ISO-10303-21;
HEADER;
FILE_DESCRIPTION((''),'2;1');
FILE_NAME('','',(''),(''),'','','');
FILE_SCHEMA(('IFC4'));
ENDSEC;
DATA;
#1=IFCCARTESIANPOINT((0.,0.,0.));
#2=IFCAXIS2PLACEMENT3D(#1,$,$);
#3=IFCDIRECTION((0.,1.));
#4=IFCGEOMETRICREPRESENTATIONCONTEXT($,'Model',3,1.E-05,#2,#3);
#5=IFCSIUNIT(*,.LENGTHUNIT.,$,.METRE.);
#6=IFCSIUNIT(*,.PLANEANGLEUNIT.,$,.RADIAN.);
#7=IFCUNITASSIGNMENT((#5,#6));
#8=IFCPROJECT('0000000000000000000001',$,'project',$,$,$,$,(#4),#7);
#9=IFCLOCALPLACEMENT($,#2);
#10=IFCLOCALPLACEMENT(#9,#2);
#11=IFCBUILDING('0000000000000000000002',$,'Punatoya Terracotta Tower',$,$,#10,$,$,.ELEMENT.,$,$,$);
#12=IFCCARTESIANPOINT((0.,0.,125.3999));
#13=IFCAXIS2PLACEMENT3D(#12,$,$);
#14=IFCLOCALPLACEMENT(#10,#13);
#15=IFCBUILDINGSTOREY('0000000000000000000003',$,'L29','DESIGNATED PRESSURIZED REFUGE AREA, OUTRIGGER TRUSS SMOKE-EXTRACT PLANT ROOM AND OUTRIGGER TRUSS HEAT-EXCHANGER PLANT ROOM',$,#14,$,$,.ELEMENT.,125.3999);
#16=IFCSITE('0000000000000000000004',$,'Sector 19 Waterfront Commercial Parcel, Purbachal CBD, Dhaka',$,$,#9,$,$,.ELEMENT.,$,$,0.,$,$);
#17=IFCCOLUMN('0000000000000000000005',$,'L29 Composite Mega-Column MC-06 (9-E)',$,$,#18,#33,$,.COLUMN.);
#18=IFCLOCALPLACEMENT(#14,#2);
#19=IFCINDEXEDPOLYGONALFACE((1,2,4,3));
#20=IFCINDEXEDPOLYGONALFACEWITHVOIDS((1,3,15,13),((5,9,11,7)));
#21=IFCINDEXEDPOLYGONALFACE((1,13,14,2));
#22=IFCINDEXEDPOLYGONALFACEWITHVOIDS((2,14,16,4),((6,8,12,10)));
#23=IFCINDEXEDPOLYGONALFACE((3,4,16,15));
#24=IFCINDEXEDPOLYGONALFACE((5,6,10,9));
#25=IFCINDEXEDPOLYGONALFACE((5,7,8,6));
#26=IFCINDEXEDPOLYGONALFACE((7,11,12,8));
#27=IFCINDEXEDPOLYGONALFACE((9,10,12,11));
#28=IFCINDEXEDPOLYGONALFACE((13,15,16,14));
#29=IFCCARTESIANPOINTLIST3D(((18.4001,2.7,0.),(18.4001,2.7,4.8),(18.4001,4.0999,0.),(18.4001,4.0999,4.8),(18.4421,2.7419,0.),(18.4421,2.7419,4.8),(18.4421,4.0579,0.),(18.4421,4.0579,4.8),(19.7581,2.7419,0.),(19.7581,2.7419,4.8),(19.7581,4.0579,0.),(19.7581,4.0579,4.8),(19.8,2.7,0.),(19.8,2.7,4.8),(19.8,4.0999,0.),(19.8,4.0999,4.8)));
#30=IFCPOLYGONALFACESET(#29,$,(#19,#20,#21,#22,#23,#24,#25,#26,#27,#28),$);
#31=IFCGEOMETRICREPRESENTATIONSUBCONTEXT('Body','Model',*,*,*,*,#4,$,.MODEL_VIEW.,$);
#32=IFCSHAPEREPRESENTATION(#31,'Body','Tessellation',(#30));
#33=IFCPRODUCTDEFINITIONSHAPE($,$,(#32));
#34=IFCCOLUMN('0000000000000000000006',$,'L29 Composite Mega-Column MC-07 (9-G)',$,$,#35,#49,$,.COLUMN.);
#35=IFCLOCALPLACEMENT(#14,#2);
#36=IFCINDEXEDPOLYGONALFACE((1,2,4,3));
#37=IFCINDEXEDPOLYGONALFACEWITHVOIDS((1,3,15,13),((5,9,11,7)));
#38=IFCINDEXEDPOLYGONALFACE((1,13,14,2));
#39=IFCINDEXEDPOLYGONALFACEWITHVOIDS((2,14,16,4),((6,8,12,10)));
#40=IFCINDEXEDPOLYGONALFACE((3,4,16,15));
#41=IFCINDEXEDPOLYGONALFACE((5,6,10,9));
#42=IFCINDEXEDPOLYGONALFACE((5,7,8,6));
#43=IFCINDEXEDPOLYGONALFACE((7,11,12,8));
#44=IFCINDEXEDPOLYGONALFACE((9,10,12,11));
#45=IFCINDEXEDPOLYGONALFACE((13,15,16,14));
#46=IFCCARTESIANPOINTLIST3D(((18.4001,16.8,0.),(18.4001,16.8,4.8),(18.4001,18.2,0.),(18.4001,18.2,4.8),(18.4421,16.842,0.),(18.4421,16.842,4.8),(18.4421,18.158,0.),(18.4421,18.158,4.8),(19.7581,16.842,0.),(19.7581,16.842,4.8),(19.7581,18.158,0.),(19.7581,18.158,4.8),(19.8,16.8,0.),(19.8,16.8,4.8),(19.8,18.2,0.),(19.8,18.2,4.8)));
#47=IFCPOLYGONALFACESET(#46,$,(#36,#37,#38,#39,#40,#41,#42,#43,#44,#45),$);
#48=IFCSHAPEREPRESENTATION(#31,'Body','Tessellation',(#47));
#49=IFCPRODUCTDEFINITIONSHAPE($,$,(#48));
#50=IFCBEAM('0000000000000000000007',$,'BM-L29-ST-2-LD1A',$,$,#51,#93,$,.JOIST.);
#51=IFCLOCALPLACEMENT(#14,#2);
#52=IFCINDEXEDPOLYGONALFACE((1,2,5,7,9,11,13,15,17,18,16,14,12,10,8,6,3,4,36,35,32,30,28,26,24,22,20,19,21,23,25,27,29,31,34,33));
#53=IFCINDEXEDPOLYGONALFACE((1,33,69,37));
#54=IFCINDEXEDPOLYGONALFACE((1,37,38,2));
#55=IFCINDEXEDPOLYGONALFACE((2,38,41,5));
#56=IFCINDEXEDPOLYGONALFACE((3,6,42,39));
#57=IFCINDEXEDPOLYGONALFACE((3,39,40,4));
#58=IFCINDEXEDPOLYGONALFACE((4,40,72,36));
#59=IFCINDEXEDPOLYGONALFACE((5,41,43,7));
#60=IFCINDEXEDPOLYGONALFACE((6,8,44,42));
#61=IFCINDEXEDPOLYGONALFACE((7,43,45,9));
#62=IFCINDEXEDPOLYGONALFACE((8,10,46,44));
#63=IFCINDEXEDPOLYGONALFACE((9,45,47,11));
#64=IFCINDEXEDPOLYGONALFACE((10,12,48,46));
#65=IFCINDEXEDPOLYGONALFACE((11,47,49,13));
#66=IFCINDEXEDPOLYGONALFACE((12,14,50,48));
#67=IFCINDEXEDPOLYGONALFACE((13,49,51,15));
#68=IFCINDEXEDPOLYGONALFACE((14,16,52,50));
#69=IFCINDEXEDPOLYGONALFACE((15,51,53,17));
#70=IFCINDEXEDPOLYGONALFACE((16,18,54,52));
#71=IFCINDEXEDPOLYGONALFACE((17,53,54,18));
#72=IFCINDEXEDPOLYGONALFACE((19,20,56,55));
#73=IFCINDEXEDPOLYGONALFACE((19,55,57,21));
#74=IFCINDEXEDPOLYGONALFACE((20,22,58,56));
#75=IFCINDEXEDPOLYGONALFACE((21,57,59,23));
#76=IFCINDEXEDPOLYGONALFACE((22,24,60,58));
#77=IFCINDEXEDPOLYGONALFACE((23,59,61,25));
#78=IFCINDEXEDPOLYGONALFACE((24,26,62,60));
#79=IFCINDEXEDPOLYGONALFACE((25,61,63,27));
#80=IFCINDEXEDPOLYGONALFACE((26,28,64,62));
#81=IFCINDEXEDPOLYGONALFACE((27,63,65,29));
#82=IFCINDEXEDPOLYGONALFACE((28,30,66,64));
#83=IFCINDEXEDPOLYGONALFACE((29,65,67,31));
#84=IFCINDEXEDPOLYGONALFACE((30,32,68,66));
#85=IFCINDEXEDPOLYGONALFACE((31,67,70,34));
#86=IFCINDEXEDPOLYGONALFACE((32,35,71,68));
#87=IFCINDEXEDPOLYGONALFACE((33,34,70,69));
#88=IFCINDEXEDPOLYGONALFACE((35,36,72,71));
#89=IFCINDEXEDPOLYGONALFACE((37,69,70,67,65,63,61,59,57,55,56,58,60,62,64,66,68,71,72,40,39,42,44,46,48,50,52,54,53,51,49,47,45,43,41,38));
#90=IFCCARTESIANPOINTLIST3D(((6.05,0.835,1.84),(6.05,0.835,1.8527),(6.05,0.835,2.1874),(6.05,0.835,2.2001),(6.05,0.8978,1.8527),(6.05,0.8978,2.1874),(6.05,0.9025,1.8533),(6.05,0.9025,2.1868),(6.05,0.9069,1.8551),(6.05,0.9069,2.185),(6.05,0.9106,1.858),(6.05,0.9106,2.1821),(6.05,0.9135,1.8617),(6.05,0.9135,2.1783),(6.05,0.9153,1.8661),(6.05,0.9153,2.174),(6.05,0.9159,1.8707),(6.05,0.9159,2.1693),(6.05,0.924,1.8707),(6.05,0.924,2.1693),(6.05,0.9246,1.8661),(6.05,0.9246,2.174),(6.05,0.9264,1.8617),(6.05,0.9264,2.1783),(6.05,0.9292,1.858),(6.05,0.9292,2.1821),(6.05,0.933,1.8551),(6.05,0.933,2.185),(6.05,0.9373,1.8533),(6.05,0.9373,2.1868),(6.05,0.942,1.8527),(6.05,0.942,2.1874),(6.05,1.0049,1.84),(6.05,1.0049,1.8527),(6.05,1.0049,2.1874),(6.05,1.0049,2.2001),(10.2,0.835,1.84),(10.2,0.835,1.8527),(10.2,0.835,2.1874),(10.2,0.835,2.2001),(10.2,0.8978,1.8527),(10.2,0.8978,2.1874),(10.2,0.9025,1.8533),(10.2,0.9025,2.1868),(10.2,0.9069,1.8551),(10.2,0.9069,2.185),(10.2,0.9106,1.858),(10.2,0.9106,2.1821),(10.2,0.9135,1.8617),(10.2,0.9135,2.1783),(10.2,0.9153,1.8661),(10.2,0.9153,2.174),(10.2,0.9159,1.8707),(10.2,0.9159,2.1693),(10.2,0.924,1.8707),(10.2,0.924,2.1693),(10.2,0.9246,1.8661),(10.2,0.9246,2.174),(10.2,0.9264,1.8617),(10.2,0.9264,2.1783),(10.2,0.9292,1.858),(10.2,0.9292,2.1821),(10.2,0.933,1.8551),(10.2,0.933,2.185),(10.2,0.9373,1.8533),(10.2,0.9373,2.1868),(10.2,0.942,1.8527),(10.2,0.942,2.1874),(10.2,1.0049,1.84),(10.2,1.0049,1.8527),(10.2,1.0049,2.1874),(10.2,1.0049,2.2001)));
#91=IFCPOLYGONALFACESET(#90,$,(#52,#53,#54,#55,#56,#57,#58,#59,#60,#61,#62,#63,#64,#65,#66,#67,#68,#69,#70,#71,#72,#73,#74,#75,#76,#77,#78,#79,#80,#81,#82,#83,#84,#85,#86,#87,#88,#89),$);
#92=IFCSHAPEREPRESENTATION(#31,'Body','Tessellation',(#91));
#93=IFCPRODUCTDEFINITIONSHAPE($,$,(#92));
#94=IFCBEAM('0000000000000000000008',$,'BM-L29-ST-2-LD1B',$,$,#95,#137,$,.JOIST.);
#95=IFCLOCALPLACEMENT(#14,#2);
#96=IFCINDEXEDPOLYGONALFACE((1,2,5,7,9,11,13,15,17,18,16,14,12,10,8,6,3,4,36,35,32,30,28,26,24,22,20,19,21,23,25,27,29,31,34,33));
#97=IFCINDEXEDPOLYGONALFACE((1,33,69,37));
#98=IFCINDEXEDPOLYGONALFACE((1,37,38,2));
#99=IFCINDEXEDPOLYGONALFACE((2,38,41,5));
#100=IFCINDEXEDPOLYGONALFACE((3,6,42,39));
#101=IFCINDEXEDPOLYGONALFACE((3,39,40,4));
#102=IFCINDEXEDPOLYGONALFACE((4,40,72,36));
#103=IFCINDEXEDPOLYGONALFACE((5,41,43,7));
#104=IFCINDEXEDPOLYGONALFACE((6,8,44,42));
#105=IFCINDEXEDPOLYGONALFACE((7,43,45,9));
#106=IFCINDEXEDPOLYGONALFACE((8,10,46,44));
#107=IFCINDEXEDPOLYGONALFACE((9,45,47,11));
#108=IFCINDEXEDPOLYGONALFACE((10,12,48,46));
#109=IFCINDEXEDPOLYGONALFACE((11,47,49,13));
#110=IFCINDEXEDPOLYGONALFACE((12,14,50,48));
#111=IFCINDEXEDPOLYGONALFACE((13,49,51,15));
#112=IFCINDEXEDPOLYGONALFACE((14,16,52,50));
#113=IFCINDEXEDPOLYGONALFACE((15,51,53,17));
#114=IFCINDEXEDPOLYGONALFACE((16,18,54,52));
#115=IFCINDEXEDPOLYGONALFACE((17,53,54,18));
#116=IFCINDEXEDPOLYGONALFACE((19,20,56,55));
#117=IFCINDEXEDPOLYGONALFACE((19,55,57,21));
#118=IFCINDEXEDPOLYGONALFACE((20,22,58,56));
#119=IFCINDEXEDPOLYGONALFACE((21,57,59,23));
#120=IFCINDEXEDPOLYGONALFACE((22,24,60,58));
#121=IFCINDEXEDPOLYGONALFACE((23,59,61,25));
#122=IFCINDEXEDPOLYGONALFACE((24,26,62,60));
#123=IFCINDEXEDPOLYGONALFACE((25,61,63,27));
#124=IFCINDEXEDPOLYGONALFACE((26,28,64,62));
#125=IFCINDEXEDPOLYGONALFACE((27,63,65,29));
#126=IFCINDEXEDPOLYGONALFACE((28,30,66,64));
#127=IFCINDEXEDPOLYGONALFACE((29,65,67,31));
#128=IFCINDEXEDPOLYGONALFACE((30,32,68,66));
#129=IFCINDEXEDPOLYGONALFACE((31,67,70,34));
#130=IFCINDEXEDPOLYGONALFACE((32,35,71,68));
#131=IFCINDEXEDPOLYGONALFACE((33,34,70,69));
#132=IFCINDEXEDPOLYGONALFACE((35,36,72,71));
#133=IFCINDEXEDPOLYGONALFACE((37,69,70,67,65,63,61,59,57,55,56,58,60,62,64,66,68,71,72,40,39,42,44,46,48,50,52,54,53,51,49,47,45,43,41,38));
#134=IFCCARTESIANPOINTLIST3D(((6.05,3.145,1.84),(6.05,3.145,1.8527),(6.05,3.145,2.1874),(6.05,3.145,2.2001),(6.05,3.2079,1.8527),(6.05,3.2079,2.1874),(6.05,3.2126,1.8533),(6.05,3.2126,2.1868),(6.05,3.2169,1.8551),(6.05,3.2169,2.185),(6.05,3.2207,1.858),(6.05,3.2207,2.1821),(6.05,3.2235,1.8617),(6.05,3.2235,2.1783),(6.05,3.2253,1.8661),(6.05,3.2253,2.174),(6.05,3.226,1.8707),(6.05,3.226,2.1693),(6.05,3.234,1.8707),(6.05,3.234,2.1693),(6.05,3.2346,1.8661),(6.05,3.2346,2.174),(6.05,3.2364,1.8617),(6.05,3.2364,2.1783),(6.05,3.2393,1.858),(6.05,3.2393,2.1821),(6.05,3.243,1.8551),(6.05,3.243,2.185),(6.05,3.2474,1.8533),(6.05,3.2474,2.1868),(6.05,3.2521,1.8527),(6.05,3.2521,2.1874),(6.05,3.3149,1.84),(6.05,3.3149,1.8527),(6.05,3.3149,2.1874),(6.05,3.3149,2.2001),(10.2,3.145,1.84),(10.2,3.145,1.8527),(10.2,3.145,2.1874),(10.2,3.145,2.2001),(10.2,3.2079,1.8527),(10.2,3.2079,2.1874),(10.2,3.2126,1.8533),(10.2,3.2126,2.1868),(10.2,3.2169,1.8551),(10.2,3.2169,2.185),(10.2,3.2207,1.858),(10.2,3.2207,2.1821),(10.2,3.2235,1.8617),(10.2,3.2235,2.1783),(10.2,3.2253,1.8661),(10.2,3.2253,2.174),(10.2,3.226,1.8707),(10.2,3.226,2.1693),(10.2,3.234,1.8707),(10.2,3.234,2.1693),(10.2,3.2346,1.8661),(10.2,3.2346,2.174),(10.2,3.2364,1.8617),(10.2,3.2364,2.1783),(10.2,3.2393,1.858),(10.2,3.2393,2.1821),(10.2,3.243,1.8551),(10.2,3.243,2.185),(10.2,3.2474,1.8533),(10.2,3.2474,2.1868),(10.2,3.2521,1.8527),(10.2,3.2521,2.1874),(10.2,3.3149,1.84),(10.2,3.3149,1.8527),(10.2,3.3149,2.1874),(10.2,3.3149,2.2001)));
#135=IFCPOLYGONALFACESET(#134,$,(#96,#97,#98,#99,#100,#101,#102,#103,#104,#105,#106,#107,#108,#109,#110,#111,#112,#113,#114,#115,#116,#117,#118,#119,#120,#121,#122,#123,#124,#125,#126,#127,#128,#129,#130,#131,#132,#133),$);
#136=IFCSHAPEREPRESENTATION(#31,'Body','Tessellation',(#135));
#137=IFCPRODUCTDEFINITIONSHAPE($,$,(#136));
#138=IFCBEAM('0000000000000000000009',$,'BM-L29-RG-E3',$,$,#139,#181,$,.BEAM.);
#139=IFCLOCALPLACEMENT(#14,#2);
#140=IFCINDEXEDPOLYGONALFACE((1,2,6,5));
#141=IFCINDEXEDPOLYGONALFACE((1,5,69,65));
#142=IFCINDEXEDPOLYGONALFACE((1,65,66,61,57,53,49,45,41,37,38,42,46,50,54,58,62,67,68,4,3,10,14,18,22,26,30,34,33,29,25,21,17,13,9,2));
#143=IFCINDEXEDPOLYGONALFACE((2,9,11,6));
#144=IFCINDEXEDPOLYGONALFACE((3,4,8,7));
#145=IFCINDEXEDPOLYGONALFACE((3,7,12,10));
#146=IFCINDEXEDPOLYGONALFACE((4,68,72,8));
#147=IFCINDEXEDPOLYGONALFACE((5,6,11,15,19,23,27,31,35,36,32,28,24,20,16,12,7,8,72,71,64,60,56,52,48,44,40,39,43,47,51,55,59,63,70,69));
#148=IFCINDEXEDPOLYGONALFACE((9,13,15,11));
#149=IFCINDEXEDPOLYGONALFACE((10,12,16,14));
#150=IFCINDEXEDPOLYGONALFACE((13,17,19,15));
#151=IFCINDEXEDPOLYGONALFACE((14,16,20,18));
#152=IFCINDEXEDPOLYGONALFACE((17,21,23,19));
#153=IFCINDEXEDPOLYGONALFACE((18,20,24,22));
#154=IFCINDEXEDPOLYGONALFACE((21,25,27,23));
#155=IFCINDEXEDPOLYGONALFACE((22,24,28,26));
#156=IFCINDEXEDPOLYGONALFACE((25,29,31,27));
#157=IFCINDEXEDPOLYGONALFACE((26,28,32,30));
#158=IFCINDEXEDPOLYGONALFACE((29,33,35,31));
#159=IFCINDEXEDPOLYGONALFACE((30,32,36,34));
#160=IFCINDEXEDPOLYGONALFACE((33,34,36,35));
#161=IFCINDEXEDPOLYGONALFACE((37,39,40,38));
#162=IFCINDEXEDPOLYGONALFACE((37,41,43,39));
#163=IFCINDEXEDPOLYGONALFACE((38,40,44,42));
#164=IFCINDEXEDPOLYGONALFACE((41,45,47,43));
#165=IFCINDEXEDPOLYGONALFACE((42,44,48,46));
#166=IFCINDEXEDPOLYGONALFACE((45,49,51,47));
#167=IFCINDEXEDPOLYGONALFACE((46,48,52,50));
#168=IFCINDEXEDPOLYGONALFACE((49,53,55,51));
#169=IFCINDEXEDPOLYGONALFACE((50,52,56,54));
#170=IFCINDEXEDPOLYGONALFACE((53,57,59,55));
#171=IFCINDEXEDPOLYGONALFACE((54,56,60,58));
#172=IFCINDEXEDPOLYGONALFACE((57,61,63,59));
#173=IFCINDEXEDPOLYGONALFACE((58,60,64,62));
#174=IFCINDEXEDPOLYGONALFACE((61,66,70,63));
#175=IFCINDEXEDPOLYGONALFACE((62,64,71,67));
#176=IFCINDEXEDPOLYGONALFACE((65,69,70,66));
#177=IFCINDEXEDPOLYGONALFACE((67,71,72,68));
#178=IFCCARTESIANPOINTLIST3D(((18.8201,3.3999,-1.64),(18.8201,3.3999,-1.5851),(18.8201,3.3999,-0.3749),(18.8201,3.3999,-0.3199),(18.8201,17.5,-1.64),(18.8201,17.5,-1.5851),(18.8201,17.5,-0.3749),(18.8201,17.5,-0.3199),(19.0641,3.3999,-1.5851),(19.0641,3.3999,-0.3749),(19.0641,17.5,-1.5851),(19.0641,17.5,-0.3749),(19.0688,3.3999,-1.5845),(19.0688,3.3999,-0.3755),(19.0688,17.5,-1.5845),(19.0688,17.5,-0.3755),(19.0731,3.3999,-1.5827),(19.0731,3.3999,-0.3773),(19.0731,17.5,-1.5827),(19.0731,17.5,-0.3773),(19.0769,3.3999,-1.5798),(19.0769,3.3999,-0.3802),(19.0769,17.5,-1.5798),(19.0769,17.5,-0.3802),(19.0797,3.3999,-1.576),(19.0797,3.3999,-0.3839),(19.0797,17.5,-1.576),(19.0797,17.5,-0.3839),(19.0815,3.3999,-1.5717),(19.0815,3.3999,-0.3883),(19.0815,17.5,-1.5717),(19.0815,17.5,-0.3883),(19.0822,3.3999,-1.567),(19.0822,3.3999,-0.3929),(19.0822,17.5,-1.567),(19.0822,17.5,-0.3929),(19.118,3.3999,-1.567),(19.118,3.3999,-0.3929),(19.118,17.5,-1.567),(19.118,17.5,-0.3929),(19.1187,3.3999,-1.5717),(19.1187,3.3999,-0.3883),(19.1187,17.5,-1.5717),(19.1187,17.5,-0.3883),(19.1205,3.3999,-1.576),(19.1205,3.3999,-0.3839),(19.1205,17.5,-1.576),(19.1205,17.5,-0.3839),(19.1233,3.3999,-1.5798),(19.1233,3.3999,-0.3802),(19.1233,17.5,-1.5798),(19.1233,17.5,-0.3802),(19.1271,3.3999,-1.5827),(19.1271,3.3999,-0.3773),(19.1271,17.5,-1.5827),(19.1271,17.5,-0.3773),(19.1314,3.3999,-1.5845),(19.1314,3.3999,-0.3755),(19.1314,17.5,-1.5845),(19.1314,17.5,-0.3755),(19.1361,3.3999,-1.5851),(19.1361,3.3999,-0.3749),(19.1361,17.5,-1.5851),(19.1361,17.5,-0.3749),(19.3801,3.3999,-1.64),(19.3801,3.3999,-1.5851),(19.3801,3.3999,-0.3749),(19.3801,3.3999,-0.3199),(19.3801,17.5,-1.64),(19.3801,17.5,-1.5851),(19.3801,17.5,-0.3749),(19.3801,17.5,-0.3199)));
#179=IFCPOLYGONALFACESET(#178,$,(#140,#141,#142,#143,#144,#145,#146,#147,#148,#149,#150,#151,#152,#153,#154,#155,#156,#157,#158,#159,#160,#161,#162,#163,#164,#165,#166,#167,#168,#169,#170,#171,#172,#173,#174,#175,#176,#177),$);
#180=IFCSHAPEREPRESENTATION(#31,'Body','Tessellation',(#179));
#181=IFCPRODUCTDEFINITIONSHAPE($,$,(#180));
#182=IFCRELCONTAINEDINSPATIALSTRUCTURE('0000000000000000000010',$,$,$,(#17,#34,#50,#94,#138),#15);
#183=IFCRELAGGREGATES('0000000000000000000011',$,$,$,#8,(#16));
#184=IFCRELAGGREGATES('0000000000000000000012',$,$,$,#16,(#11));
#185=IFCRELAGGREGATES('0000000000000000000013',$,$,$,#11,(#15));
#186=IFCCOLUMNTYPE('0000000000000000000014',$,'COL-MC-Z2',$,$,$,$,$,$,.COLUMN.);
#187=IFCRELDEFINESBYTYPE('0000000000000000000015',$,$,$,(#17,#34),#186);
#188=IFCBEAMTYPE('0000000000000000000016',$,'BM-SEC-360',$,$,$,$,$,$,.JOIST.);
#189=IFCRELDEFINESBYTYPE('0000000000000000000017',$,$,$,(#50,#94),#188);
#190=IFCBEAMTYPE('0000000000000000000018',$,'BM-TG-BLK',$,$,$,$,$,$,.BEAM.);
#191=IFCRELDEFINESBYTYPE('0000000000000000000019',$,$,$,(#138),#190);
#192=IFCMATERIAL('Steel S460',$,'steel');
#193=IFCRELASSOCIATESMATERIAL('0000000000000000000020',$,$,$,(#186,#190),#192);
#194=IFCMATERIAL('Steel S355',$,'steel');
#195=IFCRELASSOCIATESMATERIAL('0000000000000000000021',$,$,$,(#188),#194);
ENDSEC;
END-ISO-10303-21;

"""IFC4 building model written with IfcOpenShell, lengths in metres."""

from ifc_helpers import new_model, si_unit, direction, frame, origin, origin_2d, place, context, subcontext, project, spatial, hollow_rectangle, i_section, extrude, material, material_profile, profile_set, type_object, element, save


model = new_model("IFC4")

# Units and contexts
model_context = context("Model", 3, precision=1e-05, world=origin(), true_north=direction((0.0, 1.0)))
body_context = subcontext(model_context, "Body", "Model", "MODEL_VIEW")
ifc_project = project(units=[si_unit("LENGTHUNIT", "METRE"), si_unit("PLANEANGLEUNIT", "RADIAN")], contexts=[model_context])

# Site, building, storey
site_placement = place(None, origin())
site = spatial("IfcSite", under=ifc_project, at=site_placement, Name="Sector 19 Waterfront Commercial Parcel, Purbachal CBD, Dhaka", CompositionType="ELEMENT", RefElevation=0.0)
building_placement = place(site_placement, origin())
building = spatial("IfcBuilding", under=site, at=building_placement, Name="Punatoya Terracotta Tower", CompositionType="ELEMENT")
storey_placement = place(building_placement, frame((0.0, 0.0, 125.3999)))
storey = spatial("IfcBuildingStorey", under=building, at=storey_placement, Name="L29", Description="DESIGNATED PRESSURIZED REFUGE AREA, OUTRIGGER TRUSS SMOKE-EXTRACT PLANT ROOM AND OUTRIGGER TRUSS HEAT-EXCHANGER PLANT ROOM", CompositionType="ELEMENT", Elevation=125.3999)

# Columns
ifc_material_1 = material(Name="Steel S460", Category="steel")
ifc_material_profile_1 = material_profile(ifc_material_1, hollow_rectangle(XDim=1.3999, YDim=1.3999, WallThickness=0.042, at=origin_2d()))
ifc_profile_set_1 = profile_set([ifc_material_profile_1], Name="Steel S460")
column_type = type_object("IfcColumnType", Name="COL-MC-Z2", PredefinedType="COLUMN", material=ifc_profile_set_1)
for number, where, z_axis, x_axis, name in (
    (1, (19.1001, 3.3999, 0.0), (0.0, 0.0, 1.0), (1.0, 0.0, 0.0), "L29 Composite Mega-Column MC-06 (9-E)"),
    (2, (19.1001, 17.5, 0.0), (0.0, 0.0, 1.0), (1.0, 0.0, 0.0), "L29 Composite Mega-Column MC-07 (9-G)"),
):
    element("IfcColumn", number, at=place(storey_placement, frame(where, z_axis=z_axis, x_axis=x_axis)), inside=storey, type_object=column_type, Name=name, PredefinedType="COLUMN", context=body_context, shape_type="SweptSolid", body=[
        extrude(hollow_rectangle(XDim=1.3999, YDim=1.3999, WallThickness=0.042, at=origin_2d()), origin(), (0.0, 0.0, 1.0), 4.8),
    ])

# Beams
ifc_material_2 = material(Name="Steel S355", Category="steel")
ifc_material_profile_2 = material_profile(ifc_material_2, i_section(OverallWidth=0.1699, OverallDepth=0.3601, WebThickness=0.0081, FlangeThickness=0.0127, FilletRadius=0.0181, at=origin_2d()))
ifc_profile_set_2 = profile_set([ifc_material_profile_2], Name="Steel S355")
beam_type_1 = type_object("IfcBeamType", Name="BM-SEC-360", PredefinedType="JOIST", material=ifc_profile_set_2)
for number, where, z_axis, x_axis, name in (
    (3, (6.05, 0.9199, 2.02), (1.0, 0.0, 0.0), (0.0, 1.0, 0.0), "BM-L29-ST-2-LD1A"),
    (4, (6.05, 3.23, 2.02), (1.0, 0.0, 0.0), (0.0, 1.0, 0.0), "BM-L29-ST-2-LD1B"),
):
    element("IfcBeam", number, at=place(storey_placement, frame(where, z_axis=z_axis, x_axis=x_axis)), inside=storey, type_object=beam_type_1, Name=name, PredefinedType="JOIST", context=body_context, shape_type="SweptSolid", body=[
        extrude(i_section(OverallWidth=0.1699, OverallDepth=0.3601, WebThickness=0.0081, FlangeThickness=0.0127, FilletRadius=0.0181, at=origin_2d()), origin(), (0.0, 0.0, 1.0), 4.1499),
    ])
ifc_material_profile_3 = material_profile(ifc_material_1, i_section(OverallWidth=0.5601, OverallDepth=1.3201, WebThickness=0.0359, FlangeThickness=0.0549, FilletRadius=0.0181, at=origin_2d()))
ifc_profile_set_3 = profile_set([ifc_material_profile_3], Name="Steel S460")
beam_type_2 = type_object("IfcBeamType", Name="BM-TG-BLK", PredefinedType="BEAM", material=ifc_profile_set_3)
beam_1_placement = place(storey_placement, frame((19.1001, 3.3999, -0.98), z_axis=(0.0, 1.0, 0.0), x_axis=(-1.0, 0.0, 0.0)))
element("IfcBeam", 5, at=beam_1_placement, inside=storey, type_object=beam_type_2, Name="BM-L29-RG-E3", PredefinedType="BEAM", context=body_context, shape_type="SweptSolid", body=[
    extrude(i_section(OverallWidth=0.5601, OverallDepth=1.3201, WebThickness=0.0359, FlangeThickness=0.0549, FilletRadius=0.0181, at=origin_2d()), origin(), (0.0, 0.0, 1.0), 14.1001),
])

save(model, "model.ifc")
